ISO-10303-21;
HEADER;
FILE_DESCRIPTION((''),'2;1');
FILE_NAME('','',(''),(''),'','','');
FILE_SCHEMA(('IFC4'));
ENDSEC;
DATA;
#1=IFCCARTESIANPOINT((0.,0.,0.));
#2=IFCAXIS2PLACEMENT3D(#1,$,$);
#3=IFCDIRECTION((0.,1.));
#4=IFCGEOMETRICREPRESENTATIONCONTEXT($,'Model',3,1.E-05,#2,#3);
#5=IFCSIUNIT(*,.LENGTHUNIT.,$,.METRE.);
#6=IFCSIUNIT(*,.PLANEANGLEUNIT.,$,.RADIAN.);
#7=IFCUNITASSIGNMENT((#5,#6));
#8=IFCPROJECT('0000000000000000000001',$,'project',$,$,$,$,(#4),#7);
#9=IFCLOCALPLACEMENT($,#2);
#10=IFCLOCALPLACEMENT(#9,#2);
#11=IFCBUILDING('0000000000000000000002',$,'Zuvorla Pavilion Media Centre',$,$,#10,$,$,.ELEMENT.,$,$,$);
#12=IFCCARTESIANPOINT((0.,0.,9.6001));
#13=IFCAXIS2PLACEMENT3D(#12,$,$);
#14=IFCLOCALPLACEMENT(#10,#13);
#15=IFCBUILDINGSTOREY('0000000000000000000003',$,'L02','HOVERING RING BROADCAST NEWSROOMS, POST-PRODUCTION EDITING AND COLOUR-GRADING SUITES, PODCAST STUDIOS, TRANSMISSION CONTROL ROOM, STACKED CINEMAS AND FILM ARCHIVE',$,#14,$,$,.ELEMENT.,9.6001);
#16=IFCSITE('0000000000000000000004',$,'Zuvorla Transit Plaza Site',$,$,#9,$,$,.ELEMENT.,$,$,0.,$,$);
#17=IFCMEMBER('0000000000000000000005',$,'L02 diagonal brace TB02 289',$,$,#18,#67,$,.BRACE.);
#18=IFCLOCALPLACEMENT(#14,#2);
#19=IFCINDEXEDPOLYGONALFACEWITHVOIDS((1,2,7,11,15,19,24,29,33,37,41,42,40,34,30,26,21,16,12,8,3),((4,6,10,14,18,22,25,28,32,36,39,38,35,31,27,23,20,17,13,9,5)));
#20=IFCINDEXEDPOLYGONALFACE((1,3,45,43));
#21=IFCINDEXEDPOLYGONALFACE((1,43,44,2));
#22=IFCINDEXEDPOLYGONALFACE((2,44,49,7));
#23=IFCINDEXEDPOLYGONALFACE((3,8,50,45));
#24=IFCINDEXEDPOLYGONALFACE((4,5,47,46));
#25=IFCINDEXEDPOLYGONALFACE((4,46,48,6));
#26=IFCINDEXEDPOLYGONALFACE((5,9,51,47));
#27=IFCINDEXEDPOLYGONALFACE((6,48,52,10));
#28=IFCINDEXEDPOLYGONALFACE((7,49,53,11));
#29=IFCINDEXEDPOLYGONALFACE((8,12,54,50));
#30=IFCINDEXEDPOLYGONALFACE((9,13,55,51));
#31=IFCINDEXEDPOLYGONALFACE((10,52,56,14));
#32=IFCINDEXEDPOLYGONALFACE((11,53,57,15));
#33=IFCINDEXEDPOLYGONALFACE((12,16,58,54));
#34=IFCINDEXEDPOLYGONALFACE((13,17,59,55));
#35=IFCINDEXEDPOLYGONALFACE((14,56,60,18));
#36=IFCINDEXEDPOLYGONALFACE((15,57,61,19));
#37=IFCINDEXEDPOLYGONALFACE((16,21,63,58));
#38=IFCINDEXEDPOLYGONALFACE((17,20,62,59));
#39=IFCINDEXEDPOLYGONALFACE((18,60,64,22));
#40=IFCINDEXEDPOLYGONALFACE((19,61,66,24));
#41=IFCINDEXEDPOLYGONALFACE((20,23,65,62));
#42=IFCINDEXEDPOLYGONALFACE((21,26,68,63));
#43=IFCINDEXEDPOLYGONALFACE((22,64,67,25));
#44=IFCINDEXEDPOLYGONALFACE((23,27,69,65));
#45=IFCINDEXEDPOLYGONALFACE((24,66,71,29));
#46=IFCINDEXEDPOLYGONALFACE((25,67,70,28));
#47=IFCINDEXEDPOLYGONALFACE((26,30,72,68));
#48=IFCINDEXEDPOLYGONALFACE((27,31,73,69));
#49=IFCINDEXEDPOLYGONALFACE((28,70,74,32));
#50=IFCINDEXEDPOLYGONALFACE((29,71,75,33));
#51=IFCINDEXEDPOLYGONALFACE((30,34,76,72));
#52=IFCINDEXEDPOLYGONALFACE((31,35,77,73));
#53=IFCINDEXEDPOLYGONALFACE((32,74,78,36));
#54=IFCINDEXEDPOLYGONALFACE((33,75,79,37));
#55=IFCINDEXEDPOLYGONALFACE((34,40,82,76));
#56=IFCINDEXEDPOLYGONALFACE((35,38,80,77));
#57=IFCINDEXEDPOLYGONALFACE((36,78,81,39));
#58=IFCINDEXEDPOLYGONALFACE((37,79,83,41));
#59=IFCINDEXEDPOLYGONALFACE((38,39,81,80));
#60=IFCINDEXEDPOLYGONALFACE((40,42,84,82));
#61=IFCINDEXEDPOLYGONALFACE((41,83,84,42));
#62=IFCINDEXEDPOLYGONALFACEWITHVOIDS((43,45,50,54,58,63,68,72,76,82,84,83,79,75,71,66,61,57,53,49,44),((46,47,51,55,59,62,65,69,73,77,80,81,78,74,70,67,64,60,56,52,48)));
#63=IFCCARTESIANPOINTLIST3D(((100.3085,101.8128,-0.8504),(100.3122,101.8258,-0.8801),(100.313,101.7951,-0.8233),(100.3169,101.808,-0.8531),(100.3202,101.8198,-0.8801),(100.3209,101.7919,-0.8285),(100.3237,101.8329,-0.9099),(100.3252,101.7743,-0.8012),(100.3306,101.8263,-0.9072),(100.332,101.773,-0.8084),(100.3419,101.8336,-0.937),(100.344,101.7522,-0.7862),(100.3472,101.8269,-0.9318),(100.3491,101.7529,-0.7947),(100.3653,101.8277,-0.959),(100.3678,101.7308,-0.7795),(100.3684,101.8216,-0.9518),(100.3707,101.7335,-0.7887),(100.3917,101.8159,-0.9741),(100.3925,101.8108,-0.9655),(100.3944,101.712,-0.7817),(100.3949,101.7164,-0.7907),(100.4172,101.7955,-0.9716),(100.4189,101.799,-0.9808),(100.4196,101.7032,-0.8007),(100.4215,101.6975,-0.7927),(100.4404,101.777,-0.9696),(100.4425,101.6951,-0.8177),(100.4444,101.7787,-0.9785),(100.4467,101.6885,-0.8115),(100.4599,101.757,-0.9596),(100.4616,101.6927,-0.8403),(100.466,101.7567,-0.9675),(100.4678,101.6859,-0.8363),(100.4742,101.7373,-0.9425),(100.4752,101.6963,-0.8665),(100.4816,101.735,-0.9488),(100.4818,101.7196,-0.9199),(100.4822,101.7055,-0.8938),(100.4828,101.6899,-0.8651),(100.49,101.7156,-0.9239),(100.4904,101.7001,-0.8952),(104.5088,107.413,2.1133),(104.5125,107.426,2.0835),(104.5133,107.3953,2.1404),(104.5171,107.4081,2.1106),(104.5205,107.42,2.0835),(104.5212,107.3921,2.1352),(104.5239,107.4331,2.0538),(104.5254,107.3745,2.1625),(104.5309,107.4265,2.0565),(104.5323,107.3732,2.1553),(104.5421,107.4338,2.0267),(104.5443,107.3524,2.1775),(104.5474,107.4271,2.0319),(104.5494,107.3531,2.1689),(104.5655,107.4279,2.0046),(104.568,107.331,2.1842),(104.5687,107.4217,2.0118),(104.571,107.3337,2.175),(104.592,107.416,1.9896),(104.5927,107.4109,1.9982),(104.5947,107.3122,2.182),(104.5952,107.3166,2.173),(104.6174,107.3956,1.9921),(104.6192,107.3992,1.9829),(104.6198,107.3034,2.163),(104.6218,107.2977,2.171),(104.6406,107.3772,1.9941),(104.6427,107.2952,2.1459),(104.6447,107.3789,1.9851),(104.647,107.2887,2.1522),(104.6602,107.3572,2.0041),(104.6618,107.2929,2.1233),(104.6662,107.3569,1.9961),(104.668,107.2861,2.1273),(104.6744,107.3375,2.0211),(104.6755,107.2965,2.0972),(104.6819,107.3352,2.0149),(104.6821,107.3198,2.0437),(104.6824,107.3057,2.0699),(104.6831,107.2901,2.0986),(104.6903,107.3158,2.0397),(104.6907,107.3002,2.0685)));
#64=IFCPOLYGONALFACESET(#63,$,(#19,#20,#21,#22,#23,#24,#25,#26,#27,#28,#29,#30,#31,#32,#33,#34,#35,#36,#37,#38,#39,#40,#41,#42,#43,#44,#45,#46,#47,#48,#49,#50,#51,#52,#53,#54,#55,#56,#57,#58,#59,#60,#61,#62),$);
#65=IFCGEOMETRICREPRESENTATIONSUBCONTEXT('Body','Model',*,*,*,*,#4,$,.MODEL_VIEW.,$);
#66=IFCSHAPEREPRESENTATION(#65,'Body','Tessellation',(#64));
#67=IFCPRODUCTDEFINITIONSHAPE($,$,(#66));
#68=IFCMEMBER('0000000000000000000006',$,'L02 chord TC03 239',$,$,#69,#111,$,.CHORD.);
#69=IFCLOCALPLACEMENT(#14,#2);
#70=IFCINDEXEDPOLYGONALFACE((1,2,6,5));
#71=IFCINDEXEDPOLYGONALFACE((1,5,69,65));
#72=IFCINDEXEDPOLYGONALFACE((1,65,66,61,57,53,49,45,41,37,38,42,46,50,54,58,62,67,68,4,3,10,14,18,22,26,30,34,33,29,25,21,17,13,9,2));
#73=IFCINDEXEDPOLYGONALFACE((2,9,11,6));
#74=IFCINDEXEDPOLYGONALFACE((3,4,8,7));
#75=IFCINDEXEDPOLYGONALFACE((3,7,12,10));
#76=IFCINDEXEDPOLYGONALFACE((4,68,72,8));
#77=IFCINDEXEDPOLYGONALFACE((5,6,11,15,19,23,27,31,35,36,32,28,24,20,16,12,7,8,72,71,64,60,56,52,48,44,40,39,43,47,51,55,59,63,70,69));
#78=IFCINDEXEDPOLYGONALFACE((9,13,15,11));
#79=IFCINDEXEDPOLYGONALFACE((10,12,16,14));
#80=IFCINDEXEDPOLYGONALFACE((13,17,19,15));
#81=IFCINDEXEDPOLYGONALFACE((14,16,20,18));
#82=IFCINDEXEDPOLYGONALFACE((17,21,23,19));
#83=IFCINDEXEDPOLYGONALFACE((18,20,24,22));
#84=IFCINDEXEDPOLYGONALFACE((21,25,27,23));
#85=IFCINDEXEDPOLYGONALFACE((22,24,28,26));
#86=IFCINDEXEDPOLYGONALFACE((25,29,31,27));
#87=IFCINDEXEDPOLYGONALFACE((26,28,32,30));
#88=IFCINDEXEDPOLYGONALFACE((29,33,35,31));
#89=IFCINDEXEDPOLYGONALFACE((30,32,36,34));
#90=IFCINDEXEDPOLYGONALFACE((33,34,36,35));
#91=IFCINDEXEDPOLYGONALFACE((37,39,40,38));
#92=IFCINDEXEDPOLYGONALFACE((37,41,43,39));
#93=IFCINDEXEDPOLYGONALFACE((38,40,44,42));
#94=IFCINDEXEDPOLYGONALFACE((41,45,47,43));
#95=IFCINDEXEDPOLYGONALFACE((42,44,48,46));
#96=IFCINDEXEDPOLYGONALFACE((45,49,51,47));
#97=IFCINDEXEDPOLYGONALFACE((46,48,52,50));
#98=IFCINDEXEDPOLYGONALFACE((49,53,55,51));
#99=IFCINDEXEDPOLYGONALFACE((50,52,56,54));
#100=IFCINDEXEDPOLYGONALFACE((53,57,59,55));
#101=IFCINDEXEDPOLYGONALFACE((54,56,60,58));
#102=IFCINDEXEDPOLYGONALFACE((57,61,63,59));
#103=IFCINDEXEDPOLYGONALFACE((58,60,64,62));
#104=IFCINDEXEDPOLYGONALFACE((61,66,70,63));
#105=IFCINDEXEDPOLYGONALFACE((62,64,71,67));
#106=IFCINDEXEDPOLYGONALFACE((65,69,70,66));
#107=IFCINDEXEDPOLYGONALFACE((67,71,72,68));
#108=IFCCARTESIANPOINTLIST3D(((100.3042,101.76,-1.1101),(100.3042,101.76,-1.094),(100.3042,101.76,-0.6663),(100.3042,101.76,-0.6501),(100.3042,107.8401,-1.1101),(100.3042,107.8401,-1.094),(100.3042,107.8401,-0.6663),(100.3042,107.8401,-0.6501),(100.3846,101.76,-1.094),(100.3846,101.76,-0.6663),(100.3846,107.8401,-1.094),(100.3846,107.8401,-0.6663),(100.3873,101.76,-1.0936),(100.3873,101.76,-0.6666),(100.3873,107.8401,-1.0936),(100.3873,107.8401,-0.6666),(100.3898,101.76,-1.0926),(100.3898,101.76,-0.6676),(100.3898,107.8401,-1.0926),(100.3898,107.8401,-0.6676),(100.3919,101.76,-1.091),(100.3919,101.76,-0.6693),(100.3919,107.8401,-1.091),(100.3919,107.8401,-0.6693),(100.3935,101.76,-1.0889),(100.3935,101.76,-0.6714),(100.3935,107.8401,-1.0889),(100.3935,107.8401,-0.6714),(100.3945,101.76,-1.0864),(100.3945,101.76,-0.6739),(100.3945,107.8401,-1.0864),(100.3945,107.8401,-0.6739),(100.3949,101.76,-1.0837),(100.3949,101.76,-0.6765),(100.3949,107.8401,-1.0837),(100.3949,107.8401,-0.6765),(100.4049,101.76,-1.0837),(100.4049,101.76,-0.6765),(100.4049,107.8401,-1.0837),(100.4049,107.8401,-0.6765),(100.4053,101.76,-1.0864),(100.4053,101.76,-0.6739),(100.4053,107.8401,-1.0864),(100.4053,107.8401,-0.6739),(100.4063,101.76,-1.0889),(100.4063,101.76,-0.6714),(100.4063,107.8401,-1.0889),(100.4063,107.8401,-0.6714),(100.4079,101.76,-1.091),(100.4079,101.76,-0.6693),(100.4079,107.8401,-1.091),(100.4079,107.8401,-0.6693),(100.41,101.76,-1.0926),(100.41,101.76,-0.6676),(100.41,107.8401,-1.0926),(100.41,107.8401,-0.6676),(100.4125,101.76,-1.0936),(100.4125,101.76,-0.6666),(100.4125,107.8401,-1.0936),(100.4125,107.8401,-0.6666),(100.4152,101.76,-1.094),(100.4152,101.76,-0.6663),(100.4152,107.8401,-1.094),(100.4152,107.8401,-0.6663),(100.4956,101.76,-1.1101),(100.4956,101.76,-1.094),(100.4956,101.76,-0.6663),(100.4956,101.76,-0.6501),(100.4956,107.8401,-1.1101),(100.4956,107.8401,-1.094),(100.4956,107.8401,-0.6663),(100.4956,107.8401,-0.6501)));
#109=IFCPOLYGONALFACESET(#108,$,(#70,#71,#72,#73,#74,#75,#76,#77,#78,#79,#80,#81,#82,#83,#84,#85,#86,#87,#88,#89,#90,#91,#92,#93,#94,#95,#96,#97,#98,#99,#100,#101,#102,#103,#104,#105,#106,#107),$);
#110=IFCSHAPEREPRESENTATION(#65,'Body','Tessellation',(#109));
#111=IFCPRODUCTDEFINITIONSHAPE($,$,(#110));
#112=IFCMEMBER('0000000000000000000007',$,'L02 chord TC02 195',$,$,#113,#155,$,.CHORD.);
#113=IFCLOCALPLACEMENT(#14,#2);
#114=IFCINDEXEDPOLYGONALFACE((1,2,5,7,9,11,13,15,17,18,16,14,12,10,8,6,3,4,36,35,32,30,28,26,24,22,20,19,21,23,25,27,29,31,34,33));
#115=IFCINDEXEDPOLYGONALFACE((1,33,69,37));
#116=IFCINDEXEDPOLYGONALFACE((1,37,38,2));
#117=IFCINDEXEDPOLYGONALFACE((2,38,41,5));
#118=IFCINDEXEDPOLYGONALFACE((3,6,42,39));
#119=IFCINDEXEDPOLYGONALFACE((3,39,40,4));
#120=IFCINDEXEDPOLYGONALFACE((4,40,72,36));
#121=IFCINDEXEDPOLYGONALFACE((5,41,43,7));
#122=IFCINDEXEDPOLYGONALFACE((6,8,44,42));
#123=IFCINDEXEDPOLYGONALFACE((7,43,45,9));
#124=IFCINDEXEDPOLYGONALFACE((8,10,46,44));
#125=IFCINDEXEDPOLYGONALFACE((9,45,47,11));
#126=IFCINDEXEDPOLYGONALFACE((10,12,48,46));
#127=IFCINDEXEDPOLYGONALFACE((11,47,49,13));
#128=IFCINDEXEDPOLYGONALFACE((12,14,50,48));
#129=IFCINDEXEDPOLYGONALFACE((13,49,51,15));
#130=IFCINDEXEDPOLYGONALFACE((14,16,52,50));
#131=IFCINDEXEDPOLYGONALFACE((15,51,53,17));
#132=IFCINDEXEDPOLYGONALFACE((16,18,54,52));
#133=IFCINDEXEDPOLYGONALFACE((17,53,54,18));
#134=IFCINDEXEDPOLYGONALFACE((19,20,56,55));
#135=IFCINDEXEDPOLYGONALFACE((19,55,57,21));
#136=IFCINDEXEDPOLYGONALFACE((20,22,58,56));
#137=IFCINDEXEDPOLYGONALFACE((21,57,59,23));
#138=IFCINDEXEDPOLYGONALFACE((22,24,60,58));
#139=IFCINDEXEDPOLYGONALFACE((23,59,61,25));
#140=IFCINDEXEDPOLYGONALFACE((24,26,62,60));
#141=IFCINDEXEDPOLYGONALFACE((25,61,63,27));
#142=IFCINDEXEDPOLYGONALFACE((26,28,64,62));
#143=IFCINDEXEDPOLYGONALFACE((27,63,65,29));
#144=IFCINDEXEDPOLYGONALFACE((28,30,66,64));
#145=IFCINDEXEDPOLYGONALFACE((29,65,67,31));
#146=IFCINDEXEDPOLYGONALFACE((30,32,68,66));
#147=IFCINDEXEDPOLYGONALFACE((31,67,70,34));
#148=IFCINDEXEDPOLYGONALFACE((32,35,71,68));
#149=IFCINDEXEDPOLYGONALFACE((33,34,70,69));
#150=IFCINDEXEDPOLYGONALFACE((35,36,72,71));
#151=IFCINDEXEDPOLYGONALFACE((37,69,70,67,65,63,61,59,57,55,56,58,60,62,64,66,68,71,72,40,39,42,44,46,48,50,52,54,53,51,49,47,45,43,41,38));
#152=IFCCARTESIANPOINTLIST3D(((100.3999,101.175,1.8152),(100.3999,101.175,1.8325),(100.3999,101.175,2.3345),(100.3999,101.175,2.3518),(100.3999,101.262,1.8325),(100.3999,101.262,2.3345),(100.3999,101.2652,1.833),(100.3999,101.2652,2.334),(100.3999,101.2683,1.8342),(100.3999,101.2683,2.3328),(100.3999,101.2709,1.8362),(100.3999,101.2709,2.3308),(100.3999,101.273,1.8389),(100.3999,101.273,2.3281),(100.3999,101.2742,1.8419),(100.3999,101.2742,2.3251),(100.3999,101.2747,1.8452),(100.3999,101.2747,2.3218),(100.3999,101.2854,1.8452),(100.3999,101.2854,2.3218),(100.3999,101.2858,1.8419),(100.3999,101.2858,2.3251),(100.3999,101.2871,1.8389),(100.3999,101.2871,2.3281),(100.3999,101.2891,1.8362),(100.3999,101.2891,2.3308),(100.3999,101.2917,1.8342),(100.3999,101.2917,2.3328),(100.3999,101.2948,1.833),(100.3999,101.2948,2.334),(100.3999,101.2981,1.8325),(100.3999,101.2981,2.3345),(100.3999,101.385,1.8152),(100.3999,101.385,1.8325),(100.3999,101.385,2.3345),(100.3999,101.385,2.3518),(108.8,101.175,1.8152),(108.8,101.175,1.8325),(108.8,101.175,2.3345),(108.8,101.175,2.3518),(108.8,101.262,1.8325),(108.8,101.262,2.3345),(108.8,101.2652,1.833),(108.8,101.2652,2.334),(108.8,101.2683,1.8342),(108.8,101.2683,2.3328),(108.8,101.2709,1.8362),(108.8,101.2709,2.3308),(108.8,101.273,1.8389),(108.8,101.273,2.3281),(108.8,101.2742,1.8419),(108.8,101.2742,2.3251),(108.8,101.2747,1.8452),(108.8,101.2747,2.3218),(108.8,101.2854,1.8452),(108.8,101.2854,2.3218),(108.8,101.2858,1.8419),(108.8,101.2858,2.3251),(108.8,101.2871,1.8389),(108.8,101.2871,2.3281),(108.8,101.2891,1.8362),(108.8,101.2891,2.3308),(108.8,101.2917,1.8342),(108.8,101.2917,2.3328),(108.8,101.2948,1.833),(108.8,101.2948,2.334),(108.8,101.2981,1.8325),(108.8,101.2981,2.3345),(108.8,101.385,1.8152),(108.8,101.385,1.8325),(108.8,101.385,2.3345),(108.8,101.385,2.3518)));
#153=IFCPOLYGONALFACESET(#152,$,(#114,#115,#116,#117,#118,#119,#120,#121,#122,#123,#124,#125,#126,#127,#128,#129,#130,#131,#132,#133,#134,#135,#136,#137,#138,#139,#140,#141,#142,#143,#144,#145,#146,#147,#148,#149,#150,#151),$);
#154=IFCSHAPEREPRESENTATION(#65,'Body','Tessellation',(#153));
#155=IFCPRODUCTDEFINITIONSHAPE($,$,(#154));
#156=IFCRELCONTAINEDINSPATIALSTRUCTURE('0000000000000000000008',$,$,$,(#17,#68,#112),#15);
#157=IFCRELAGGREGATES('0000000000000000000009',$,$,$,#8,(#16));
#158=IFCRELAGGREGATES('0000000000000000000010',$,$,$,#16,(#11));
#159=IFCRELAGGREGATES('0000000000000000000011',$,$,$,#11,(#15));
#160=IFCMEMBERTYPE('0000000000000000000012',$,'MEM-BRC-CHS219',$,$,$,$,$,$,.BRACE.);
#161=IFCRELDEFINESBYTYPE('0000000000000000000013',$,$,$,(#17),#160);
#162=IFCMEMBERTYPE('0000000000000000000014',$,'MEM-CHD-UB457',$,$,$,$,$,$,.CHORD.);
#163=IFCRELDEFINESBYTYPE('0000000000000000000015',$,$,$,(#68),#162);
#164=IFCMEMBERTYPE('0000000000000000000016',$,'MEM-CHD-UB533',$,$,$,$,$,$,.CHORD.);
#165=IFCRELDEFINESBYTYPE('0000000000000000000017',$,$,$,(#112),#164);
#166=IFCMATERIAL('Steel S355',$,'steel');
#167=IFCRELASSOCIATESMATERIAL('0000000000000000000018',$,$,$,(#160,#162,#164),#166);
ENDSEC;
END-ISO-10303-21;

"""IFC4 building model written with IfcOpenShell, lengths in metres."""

from ifc_helpers import new_model, si_unit, direction, frame, origin, origin_2d, place, context, subcontext, project, spatial, hollow_circle, i_section, extrude, material, material_profile, profile_set, type_object, element, save


model = new_model("IFC4")

# Units and contexts
model_context = context("Model", 3, precision=1e-05, world=origin(), true_north=direction((0.0, 1.0)))
body_context = subcontext(model_context, "Body", "Model", "MODEL_VIEW")
ifc_project = project(units=[si_unit("LENGTHUNIT", "METRE"), si_unit("PLANEANGLEUNIT", "RADIAN")], contexts=[model_context])

# Site, building, storey
site_placement = place(None, origin())
site = spatial("IfcSite", under=ifc_project, at=site_placement, Name="Zuvorla Transit Plaza Site", CompositionType="ELEMENT", RefElevation=0.0)
building_placement = place(site_placement, origin())
building = spatial("IfcBuilding", under=site, at=building_placement, Name="Zuvorla Pavilion Media Centre", CompositionType="ELEMENT")
storey_placement = place(building_placement, frame((0.0, 0.0, 9.6001)))
storey = spatial("IfcBuildingStorey", under=building, at=storey_placement, Name="L02", Description="HOVERING RING BROADCAST NEWSROOMS, POST-PRODUCTION EDITING AND COLOUR-GRADING SUITES, PODCAST STUDIOS, TRANSMISSION CONTROL ROOM, STACKED CINEMAS AND FILM ARCHIVE", CompositionType="ELEMENT", Elevation=9.6001)

# Shared definitions
ifc_material_1 = material(Name="Steel S355", Category="steel")

# Members
ifc_material_profile_1 = material_profile(ifc_material_1, hollow_circle(Radius=0.1096, WallThickness=0.01, at=origin_2d()), Name="CHS 219.1x10")
ifc_profile_set_1 = profile_set([ifc_material_profile_1], Name="Steel S355")
member_type_1 = type_object("IfcMemberType", Name="MEM-BRC-CHS219", PredefinedType="BRACE", material=ifc_profile_set_1)
member_1_placement = place(storey_placement, frame((100.3999, 101.76, -0.8801), z_axis=(0.552534, 0.73669, 0.389863), x_axis=(-0.799992, 0.600011, 0.0)))
element("IfcMember", 1, at=member_1_placement, inside=storey, type_object=member_type_1, Name="L02 diagonal brace TB02 289", PredefinedType="BRACE", context=body_context, shape_type="SweptSolid", body=[
    extrude(hollow_circle(Radius=0.1096, WallThickness=0.01, at=origin_2d()), origin(), (0.0, 0.0, 1.0), 7.6018),
])
ifc_material_profile_2 = material_profile(ifc_material_1, i_section(OverallWidth=0.1914, OverallDepth=0.46, WebThickness=0.01, FlangeThickness=0.0161, FilletRadius=0.0103, at=origin_2d()), Name="UB 457x191x82")
ifc_profile_set_2 = profile_set([ifc_material_profile_2], Name="Steel S355")
member_type_2 = type_object("IfcMemberType", Name="MEM-CHD-UB457", PredefinedType="CHORD", material=ifc_profile_set_2)
member_2_placement = place(storey_placement, frame((100.3999, 101.76, -0.8801), z_axis=(0.0, 1.0, 0.0), x_axis=(-1.0, 0.0, 0.0)))
element("IfcMember", 2, at=member_2_placement, inside=storey, type_object=member_type_2, Name="L02 chord TC03 239", PredefinedType="CHORD", context=body_context, shape_type="SweptSolid", body=[
    extrude(i_section(OverallWidth=0.1914, OverallDepth=0.46, WebThickness=0.01, FlangeThickness=0.0161, FilletRadius=0.0103, at=origin_2d()), origin(), (0.0, 0.0, 1.0), 6.0801),
])
ifc_material_profile_3 = material_profile(ifc_material_1, i_section(OverallWidth=0.21, OverallDepth=0.5366, WebThickness=0.0107, FlangeThickness=0.0173, FilletRadius=0.0127, at=origin_2d()), Name="UB 533x210x101")
ifc_profile_set_3 = profile_set([ifc_material_profile_3], Name="Steel S355")
member_type_3 = type_object("IfcMemberType", Name="MEM-CHD-UB533", PredefinedType="CHORD", material=ifc_profile_set_3)
member_3_placement = place(storey_placement, frame((100.3999, 101.28, 2.0835), z_axis=(1.0, 0.0, 0.0), x_axis=(0.0, 1.0, 0.0)))
element("IfcMember", 3, at=member_3_placement, inside=storey, type_object=member_type_3, Name="L02 chord TC02 195", PredefinedType="CHORD", context=body_context, shape_type="SweptSolid", body=[
    extrude(i_section(OverallWidth=0.21, OverallDepth=0.5366, WebThickness=0.0107, FlangeThickness=0.0173, FilletRadius=0.0127, at=origin_2d()), origin(), (0.0, 0.0, 1.0), 8.4001),
])

save(model, "model.ifc")
